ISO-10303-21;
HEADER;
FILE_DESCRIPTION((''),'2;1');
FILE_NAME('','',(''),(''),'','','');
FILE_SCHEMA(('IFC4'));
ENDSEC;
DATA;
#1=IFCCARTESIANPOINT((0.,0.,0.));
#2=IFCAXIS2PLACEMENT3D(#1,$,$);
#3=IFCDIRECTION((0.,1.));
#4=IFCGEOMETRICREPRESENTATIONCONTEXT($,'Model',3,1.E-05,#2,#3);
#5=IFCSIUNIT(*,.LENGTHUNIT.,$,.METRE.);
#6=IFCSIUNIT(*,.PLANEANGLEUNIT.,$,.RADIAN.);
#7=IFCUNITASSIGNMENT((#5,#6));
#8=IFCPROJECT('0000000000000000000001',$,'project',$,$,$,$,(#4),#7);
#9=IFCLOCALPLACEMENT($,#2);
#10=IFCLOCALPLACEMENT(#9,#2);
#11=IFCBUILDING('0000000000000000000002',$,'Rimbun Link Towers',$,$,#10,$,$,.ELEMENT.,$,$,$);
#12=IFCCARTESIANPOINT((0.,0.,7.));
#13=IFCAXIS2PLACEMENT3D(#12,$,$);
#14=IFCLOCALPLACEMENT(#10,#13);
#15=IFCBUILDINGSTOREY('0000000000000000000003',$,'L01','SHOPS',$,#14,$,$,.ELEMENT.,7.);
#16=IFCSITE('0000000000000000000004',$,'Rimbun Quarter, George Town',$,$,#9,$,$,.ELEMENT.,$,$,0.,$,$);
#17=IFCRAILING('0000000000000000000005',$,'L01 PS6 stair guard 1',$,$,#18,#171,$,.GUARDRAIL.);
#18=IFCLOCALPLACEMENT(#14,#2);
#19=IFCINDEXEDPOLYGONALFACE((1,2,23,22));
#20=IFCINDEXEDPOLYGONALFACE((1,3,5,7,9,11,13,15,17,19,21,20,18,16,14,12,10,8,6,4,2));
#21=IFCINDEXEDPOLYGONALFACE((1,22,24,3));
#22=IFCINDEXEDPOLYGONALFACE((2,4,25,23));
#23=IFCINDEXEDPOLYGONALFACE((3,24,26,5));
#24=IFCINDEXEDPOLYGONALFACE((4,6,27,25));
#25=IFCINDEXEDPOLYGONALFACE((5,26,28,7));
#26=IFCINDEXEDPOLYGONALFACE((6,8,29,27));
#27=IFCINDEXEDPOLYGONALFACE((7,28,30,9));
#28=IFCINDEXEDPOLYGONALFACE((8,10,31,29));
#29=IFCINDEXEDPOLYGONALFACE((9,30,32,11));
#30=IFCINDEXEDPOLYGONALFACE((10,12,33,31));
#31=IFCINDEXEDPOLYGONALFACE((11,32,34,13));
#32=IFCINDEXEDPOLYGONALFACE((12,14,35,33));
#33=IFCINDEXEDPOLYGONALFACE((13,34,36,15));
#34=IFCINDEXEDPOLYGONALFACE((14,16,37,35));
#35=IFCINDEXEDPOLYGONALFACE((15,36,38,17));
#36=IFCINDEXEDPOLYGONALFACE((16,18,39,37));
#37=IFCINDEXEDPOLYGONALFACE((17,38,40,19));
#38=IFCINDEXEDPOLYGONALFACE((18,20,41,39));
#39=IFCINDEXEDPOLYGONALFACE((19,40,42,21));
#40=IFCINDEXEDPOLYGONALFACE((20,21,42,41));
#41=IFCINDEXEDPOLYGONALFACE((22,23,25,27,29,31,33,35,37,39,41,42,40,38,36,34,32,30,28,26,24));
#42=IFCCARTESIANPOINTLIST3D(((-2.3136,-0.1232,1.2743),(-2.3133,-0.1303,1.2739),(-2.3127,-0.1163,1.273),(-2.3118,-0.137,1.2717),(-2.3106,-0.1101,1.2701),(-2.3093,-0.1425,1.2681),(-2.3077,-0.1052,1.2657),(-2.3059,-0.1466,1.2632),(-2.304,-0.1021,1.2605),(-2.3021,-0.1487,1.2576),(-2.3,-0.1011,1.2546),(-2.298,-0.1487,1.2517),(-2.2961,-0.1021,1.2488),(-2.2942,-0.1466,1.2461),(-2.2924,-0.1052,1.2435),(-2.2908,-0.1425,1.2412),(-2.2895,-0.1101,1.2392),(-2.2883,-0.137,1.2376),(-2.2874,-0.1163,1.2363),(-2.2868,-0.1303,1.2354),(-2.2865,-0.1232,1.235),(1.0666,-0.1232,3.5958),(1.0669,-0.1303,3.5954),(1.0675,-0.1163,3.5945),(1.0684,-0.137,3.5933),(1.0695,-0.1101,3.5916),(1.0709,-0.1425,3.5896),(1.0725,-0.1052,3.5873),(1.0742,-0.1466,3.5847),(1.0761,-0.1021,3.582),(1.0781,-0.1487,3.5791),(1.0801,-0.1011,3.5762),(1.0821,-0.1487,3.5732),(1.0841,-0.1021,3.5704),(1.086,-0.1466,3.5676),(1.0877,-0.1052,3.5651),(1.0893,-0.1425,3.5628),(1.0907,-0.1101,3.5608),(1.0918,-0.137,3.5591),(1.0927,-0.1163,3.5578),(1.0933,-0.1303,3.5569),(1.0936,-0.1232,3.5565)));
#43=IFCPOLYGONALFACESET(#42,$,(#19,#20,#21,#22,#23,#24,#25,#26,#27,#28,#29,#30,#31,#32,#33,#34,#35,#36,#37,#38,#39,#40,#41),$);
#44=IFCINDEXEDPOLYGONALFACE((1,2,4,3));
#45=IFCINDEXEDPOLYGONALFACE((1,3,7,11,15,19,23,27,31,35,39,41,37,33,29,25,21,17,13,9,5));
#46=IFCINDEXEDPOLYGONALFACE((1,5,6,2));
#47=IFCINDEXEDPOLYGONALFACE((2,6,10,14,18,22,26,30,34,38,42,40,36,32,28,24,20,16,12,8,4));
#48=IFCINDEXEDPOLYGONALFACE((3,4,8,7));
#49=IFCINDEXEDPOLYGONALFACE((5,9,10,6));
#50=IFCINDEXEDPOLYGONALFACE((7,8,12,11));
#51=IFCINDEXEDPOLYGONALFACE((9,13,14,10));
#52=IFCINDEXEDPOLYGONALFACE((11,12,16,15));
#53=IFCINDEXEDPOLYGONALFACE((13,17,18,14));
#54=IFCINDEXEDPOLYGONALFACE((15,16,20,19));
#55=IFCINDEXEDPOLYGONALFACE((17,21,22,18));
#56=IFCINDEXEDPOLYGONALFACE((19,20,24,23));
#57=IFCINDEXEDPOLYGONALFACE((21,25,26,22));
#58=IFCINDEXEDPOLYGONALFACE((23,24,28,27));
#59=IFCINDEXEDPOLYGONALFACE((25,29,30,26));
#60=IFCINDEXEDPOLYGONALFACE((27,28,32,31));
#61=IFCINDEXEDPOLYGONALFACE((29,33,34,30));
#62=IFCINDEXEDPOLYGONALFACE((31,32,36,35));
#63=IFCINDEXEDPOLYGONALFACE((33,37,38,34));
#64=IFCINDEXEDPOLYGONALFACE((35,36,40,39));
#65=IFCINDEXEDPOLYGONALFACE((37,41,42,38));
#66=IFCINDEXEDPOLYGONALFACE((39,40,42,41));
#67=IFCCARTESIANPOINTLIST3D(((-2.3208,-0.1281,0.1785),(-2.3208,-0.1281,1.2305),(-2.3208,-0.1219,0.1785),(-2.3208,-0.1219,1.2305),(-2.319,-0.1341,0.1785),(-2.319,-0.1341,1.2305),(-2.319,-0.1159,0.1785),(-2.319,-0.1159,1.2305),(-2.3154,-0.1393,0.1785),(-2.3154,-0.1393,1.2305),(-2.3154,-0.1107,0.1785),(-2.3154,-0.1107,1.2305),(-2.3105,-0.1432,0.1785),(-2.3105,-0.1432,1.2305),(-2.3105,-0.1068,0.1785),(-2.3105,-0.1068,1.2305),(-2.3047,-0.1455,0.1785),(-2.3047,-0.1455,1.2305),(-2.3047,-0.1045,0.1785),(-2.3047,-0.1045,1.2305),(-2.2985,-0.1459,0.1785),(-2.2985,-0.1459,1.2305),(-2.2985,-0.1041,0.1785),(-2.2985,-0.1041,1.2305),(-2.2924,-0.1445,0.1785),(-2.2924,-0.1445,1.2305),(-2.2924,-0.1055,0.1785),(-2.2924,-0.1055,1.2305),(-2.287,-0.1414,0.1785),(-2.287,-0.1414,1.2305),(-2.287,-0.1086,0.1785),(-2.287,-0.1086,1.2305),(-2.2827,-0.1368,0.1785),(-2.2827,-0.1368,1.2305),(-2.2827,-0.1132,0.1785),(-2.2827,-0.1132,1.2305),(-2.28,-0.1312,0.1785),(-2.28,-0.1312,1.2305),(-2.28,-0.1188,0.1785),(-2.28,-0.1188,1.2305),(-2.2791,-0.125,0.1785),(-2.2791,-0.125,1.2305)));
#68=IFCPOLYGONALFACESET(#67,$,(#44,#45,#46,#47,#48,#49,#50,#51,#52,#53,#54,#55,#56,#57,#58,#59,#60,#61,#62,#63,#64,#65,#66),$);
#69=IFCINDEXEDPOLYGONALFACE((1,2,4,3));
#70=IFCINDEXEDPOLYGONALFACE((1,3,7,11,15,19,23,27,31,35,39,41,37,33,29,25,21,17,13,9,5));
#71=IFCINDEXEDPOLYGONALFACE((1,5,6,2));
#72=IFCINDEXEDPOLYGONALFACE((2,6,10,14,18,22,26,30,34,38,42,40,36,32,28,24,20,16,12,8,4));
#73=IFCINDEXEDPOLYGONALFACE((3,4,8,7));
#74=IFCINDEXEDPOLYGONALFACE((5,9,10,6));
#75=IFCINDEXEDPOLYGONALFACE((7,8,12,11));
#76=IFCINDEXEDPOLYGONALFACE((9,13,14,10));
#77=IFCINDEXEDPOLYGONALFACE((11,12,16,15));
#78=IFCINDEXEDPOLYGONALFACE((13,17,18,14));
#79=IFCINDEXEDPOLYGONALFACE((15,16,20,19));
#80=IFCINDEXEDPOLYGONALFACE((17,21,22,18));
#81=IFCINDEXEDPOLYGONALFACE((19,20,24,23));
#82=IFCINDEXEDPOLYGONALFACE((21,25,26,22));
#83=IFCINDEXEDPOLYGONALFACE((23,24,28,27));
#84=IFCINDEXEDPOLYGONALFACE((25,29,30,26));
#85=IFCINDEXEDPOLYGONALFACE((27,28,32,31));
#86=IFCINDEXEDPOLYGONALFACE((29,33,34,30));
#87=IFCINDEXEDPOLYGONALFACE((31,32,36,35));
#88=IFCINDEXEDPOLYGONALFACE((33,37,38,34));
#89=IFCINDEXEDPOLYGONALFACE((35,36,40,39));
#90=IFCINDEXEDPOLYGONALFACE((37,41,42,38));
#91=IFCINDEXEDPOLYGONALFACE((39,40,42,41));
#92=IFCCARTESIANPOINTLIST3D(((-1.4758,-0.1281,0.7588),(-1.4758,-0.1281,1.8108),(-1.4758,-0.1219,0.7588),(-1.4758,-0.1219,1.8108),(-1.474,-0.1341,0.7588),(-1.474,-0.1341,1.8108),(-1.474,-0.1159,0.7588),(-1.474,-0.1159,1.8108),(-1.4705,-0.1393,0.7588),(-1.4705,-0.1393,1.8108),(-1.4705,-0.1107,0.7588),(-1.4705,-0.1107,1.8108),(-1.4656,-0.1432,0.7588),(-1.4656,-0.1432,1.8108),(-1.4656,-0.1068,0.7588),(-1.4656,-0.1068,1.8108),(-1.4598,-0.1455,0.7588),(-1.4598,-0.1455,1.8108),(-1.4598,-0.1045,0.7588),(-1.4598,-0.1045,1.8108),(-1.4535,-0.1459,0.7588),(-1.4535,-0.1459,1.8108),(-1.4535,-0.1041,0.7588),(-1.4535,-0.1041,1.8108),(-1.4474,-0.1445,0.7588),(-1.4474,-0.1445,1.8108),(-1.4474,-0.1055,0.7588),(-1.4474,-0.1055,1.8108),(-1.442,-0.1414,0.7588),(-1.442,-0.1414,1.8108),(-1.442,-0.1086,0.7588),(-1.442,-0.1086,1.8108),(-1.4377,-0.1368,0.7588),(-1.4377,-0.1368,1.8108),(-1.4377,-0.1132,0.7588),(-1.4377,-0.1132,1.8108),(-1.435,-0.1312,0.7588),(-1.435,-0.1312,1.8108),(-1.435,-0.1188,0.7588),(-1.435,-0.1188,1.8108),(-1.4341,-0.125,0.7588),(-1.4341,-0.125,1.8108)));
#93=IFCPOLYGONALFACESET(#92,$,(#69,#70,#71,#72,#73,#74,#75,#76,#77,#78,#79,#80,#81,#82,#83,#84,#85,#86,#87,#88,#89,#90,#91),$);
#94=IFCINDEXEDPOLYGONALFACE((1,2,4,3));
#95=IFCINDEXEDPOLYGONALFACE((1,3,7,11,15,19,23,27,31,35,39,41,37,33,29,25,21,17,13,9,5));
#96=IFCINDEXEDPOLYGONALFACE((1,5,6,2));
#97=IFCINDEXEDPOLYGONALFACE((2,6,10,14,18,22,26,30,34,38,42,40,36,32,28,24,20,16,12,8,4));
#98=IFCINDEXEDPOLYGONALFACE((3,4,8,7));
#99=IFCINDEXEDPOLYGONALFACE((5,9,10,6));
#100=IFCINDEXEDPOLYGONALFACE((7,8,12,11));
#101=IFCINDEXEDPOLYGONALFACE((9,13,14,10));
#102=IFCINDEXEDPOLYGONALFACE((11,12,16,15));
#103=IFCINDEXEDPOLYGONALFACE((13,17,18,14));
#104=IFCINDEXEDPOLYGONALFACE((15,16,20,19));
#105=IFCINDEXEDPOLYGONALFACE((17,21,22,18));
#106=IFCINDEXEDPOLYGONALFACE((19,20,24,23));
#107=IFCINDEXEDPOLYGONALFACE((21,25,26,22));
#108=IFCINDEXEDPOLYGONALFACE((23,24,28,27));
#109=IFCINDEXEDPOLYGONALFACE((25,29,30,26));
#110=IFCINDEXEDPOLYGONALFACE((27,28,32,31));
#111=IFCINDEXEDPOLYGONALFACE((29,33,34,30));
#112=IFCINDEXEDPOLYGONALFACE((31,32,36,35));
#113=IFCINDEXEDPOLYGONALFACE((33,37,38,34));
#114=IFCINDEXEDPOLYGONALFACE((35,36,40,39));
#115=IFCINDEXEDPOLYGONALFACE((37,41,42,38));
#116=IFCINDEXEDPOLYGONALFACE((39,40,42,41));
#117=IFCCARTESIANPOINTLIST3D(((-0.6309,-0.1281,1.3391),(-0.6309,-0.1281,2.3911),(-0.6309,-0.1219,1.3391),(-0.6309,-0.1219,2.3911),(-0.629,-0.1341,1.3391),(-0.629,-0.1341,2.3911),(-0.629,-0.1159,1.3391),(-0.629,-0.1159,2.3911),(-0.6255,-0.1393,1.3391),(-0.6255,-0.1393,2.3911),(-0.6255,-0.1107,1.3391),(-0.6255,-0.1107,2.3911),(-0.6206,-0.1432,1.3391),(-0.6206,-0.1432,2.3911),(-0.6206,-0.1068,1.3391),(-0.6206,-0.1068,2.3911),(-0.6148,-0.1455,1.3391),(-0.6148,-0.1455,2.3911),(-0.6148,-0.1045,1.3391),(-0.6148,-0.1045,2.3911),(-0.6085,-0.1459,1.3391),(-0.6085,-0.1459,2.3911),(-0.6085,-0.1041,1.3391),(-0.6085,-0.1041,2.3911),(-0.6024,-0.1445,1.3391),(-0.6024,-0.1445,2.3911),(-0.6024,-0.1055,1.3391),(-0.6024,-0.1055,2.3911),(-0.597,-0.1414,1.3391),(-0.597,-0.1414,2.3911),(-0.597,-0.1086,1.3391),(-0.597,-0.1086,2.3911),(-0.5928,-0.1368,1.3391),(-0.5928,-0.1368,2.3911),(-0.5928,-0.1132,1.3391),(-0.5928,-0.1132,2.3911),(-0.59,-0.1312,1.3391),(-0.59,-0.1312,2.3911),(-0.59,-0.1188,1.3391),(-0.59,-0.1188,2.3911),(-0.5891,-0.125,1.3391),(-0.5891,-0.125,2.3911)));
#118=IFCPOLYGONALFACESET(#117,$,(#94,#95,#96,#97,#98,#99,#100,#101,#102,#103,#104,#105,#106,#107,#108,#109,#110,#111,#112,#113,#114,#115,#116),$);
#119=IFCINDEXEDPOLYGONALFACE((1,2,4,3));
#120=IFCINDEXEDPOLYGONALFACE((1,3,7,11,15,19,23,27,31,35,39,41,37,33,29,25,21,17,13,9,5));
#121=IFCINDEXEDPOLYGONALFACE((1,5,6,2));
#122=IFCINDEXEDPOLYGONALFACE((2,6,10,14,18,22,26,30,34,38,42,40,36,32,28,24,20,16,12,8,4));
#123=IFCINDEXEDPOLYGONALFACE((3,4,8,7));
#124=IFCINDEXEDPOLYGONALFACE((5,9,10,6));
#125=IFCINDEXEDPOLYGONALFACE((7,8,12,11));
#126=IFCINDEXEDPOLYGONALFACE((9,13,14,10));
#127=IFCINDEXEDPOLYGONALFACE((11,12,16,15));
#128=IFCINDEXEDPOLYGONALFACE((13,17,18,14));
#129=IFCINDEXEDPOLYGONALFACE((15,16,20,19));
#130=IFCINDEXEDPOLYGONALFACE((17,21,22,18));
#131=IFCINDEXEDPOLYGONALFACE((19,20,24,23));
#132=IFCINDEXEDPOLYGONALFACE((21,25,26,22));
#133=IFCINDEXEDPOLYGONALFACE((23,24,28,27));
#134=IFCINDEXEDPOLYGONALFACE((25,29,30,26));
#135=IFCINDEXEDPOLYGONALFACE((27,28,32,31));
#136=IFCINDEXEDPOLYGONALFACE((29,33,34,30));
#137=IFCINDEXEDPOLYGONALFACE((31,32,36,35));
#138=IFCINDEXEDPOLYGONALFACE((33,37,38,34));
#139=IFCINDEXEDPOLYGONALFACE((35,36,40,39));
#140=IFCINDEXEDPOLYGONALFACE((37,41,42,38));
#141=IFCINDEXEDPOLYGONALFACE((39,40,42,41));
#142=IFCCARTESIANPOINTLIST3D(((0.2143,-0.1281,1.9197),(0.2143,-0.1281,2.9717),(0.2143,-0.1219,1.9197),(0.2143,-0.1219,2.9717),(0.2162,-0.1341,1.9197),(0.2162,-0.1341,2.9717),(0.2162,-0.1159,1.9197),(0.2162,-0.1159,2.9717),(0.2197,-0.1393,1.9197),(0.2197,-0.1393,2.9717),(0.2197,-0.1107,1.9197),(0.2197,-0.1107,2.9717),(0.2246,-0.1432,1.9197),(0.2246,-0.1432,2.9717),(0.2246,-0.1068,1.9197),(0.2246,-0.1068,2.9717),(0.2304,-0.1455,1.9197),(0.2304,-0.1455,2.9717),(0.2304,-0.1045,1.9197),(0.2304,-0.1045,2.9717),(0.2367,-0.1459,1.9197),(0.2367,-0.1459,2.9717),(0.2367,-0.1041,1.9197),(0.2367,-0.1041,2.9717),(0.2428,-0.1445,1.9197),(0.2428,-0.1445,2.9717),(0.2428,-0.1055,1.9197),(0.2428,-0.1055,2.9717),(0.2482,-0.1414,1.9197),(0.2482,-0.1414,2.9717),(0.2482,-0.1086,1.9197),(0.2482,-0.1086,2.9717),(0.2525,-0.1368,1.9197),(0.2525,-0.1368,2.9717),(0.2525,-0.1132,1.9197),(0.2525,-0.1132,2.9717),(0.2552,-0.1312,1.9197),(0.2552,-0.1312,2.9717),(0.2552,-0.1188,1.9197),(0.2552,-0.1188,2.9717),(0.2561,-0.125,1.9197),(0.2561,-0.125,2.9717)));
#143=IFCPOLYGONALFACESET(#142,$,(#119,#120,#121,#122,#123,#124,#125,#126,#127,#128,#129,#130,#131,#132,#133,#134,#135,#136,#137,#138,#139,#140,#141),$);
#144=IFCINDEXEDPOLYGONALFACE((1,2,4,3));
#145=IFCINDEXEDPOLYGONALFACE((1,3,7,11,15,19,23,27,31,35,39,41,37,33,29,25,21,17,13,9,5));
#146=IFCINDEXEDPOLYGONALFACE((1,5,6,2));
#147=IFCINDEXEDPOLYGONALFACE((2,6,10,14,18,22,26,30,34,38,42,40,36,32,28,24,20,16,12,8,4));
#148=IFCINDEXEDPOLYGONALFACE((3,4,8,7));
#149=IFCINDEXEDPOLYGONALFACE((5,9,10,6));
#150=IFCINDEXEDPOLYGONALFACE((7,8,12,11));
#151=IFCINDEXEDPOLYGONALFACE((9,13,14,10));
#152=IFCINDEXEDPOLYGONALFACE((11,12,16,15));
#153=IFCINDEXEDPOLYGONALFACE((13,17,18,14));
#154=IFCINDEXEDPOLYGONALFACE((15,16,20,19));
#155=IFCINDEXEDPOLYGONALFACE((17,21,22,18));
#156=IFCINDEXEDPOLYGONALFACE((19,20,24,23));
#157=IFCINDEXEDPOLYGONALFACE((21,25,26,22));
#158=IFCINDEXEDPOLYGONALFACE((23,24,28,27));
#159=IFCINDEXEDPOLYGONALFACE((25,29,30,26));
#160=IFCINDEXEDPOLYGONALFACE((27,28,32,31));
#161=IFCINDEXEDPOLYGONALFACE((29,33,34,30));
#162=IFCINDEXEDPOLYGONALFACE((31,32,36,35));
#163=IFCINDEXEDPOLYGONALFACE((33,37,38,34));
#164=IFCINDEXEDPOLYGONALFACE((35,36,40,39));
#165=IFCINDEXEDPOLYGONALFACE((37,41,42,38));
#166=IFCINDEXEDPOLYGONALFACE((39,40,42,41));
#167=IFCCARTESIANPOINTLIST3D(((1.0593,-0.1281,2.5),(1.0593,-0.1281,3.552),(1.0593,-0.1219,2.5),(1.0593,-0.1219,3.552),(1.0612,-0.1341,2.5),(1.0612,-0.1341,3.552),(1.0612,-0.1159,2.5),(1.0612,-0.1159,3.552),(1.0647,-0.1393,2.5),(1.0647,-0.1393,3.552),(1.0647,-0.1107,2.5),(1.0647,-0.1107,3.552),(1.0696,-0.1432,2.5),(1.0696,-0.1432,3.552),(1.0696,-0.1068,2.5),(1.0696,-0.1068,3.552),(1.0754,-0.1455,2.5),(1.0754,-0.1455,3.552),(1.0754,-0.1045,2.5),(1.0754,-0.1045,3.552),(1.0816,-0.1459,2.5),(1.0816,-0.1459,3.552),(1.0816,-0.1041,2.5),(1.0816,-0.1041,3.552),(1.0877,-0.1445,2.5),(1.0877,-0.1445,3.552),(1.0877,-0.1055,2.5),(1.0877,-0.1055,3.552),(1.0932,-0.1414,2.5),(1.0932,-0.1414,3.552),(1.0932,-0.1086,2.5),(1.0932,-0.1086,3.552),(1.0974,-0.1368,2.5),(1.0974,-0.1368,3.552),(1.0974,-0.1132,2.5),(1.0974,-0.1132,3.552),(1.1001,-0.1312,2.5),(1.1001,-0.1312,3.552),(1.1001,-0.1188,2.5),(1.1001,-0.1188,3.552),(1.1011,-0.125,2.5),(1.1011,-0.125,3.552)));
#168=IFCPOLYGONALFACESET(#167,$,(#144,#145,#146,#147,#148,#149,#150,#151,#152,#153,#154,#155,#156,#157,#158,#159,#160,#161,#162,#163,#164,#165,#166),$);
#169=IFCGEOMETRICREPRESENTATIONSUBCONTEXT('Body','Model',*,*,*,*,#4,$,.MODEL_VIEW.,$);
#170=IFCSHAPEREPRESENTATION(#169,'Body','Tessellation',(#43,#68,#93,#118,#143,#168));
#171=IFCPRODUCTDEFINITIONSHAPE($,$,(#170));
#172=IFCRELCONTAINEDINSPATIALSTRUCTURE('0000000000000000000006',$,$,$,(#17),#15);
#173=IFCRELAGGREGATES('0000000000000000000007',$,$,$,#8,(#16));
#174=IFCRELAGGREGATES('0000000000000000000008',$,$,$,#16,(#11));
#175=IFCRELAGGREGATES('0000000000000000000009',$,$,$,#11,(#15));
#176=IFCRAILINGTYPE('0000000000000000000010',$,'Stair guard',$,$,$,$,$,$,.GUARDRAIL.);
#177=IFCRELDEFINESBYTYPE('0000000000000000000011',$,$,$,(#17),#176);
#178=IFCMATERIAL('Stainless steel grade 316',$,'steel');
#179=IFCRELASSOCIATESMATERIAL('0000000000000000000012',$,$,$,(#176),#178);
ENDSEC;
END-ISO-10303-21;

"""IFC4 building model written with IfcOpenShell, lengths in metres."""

from ifc_helpers import new_model, si_unit, direction, frame, origin, origin_2d, place, context, subcontext, project, spatial, circle, extrude, material, type_object, element, save


model = new_model("IFC4")

# Units and contexts
model_context = context("Model", 3, precision=1e-05, world=origin(), true_north=direction((0.0, 1.0)))
body_context = subcontext(model_context, "Body", "Model", "MODEL_VIEW")
ifc_project = project(units=[si_unit("LENGTHUNIT", "METRE"), si_unit("PLANEANGLEUNIT", "RADIAN")], contexts=[model_context])

# Site, building, storey
site_placement = place(None, origin())
site = spatial("IfcSite", under=ifc_project, at=site_placement, Name="Rimbun Quarter, George Town", CompositionType="ELEMENT", RefElevation=0.0)
building_placement = place(site_placement, origin())
building = spatial("IfcBuilding", under=site, at=building_placement, Name="Rimbun Link Towers", CompositionType="ELEMENT")
storey_placement = place(building_placement, frame((0.0, 0.0, 7.0)))
storey = spatial("IfcBuildingStorey", under=building, at=storey_placement, Name="L01", Description="SHOPS", CompositionType="ELEMENT", Elevation=7.0)

# Railing
ifc_material_1 = material(Name="Stainless steel grade 316", Category="steel")
railing_type_1 = type_object("IfcRailingType", Name="Stair guard", PredefinedType="GUARDRAIL", material=ifc_material_1)
railing_1_placement = place(storey_placement, frame((-2.3, -0.125, 0.1785)))
element("IfcRailing", 1, at=railing_1_placement, inside=storey, type_object=railing_type_1, Name="L01 PS6 stair guard 1", PredefinedType="GUARDRAIL", context=body_context, shape_type="SweptSolid", body=[
    extrude(circle(Radius=0.0239, at=origin_2d()), frame((0.0, 0.0, 1.0762), z_axis=(0.824304, 0.0, 0.566147), x_axis=(0.0, 1.0, 0.0)), (0.0, 0.0, 1.0), 4.1006),
    extrude(circle(Radius=0.021, at=origin_2d()), origin(), (0.0, 0.0, 1.0), 1.052),
    extrude(circle(Radius=0.021, at=origin_2d()), frame((0.845, 0.0, 0.5803)), (0.0, 0.0, 1.0), 1.052),
    extrude(circle(Radius=0.021, at=origin_2d()), frame((1.6899, 0.0, 1.1606)), (0.0, 0.0, 1.0), 1.052),
    extrude(circle(Radius=0.021, at=origin_2d()), frame((2.5352, 0.0, 1.7412)), (0.0, 0.0, 1.0), 1.052),
    extrude(circle(Radius=0.021, at=origin_2d()), frame((3.3801, 0.0, 2.3215)), (0.0, 0.0, 1.0), 1.052),
])

save(model, "model.ifc")
